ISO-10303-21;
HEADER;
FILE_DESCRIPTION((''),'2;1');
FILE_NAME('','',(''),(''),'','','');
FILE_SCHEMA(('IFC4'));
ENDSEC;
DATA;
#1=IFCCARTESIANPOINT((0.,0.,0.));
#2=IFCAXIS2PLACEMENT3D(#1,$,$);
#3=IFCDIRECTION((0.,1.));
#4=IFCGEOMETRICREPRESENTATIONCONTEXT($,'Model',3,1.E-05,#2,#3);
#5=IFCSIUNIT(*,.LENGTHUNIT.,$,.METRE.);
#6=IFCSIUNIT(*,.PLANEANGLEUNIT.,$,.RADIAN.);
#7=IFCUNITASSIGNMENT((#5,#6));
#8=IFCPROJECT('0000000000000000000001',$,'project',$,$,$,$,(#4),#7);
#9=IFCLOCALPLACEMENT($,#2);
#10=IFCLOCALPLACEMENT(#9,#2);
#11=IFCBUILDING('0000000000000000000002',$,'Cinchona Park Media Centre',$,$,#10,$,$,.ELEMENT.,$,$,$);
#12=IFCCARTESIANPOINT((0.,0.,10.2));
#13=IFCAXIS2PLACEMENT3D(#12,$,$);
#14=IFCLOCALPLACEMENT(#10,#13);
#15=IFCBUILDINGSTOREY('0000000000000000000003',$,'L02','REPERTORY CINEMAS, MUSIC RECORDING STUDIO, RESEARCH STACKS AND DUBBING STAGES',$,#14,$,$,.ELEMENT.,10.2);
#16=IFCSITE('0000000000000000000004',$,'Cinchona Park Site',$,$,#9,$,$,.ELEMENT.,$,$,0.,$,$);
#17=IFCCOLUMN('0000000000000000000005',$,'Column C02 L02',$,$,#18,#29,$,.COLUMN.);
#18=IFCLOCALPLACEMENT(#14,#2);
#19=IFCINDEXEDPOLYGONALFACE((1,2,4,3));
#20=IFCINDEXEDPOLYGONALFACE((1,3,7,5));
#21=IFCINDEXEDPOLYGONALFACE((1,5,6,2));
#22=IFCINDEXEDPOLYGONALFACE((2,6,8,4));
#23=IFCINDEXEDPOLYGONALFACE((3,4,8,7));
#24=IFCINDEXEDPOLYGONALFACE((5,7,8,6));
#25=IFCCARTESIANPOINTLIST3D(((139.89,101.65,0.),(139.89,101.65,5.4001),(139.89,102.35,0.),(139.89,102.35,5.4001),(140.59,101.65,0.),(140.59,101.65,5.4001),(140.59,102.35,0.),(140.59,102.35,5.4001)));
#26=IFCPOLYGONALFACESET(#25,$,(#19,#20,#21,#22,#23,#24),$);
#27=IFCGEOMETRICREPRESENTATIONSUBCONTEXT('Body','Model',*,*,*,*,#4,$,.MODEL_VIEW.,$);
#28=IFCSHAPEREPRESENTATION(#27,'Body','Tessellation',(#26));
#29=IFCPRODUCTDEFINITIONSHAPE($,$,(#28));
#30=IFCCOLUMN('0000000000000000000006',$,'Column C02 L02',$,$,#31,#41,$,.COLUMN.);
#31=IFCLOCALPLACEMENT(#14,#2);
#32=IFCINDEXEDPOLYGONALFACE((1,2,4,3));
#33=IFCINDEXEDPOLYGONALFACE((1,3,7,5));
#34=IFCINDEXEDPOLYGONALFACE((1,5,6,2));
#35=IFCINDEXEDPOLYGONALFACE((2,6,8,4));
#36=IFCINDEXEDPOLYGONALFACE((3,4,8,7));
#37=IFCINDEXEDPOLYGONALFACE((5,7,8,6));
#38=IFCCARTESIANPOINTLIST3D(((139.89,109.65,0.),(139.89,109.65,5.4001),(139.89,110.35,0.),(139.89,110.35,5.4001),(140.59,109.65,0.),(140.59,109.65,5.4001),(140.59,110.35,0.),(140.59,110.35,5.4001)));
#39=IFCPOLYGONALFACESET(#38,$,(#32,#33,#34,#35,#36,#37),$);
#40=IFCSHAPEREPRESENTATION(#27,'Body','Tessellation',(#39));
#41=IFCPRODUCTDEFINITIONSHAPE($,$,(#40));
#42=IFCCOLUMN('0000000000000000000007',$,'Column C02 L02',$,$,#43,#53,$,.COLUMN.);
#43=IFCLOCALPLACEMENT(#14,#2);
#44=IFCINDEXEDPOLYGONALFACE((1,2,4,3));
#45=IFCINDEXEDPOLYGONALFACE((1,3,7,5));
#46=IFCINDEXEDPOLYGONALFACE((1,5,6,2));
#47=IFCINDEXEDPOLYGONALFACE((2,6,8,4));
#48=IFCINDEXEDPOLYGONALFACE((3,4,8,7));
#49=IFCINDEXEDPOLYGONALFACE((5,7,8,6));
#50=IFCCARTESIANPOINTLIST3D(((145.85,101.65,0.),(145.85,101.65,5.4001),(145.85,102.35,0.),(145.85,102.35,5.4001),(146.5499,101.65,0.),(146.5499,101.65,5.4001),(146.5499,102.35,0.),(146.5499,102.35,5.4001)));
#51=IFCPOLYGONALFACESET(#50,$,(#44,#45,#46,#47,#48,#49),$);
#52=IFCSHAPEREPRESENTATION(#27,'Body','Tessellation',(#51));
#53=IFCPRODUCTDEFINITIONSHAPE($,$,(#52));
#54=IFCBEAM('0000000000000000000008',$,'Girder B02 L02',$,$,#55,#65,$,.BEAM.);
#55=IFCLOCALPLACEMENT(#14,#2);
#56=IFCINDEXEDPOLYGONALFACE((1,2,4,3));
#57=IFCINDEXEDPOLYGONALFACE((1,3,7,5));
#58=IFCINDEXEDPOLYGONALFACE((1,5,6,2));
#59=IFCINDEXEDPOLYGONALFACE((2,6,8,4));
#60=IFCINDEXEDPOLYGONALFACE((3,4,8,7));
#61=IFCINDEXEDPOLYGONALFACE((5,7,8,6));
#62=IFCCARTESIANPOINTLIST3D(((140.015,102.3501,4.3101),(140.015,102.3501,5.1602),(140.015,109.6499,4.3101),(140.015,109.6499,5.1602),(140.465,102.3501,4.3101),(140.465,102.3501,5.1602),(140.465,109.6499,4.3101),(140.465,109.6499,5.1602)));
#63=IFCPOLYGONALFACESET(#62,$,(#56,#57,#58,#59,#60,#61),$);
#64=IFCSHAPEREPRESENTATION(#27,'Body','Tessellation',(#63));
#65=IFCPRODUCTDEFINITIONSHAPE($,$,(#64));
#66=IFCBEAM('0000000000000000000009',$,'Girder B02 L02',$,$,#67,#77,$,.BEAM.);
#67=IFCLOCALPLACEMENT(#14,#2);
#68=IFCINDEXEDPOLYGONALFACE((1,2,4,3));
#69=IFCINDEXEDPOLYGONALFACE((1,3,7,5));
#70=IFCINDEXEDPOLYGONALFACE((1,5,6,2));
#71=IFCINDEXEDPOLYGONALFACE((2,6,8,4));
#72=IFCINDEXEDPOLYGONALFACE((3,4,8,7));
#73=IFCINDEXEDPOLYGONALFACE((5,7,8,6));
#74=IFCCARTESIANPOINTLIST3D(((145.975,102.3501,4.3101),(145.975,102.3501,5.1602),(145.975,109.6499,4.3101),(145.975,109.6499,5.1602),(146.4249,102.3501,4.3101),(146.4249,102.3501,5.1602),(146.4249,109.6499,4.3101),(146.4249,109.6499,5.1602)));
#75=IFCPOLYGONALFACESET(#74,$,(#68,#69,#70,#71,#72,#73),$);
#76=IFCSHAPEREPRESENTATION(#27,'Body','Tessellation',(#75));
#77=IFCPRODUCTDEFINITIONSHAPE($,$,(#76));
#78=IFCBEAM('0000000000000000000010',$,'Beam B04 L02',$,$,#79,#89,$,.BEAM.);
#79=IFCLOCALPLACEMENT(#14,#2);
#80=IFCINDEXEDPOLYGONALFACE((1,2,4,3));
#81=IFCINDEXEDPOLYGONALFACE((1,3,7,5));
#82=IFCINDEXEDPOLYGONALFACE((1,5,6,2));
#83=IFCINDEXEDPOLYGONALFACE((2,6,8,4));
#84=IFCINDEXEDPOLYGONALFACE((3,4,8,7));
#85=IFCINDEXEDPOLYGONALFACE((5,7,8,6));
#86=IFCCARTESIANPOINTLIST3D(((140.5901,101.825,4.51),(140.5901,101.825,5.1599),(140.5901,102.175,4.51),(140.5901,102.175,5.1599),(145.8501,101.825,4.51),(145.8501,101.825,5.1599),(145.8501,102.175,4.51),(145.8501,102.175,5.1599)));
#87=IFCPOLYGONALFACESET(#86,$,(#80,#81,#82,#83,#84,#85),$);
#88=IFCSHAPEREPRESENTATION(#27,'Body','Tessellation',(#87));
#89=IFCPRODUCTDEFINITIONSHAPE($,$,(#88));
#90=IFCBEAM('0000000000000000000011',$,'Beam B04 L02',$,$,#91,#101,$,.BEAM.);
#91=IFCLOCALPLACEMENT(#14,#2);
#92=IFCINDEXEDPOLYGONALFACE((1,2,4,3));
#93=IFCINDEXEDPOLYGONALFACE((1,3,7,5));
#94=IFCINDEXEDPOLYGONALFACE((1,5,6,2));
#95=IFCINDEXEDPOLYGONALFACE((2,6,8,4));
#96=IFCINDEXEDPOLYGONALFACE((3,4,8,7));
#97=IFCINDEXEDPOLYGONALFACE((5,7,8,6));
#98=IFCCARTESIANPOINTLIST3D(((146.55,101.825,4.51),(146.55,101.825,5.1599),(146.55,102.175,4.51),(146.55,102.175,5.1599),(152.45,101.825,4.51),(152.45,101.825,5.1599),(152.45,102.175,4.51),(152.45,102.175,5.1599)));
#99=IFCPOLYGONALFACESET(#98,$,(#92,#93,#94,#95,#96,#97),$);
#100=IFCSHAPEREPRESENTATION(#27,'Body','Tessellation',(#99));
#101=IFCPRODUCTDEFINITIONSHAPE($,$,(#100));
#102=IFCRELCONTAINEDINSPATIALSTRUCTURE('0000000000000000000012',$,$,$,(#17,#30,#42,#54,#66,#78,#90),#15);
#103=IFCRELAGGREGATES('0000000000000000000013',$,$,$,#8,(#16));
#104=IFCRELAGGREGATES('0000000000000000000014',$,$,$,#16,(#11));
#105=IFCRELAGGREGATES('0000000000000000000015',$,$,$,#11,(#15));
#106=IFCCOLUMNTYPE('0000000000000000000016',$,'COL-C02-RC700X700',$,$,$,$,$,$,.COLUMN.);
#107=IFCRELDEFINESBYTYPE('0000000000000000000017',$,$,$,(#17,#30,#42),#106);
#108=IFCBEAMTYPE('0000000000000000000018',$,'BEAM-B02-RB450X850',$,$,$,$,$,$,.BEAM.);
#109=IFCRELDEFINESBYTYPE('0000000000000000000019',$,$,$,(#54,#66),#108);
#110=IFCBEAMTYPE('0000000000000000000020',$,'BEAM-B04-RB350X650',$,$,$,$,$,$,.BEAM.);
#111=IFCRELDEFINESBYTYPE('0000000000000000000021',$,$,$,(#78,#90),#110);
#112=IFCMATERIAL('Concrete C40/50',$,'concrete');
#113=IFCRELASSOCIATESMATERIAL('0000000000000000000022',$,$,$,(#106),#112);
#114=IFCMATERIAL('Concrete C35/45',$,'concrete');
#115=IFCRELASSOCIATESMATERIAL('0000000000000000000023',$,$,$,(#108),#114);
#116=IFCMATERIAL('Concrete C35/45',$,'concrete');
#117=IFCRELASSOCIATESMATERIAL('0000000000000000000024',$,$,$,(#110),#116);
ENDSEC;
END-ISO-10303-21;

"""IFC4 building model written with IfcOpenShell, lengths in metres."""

from ifc_helpers import new_model, si_unit, direction, frame, origin, origin_2d, place, context, subcontext, project, spatial, rectangle, extrude, material, material_profile, profile_set, type_object, element, save


model = new_model("IFC4")

# Units and contexts
model_context = context("Model", 3, precision=1e-05, world=origin(), true_north=direction((0.0, 1.0)))
body_context = subcontext(model_context, "Body", "Model", "MODEL_VIEW")
ifc_project = project(units=[si_unit("LENGTHUNIT", "METRE"), si_unit("PLANEANGLEUNIT", "RADIAN")], contexts=[model_context])

# Site, building, storey
site_placement = place(None, origin())
site = spatial("IfcSite", under=ifc_project, at=site_placement, Name="Cinchona Park Site", CompositionType="ELEMENT", RefElevation=0.0)
building_placement = place(site_placement, origin())
building = spatial("IfcBuilding", under=site, at=building_placement, Name="Cinchona Park Media Centre", CompositionType="ELEMENT")
storey_placement = place(building_placement, frame((0.0, 0.0, 10.2)))
storey = spatial("IfcBuildingStorey", under=building, at=storey_placement, Name="L02", Description="REPERTORY CINEMAS, MUSIC RECORDING STUDIO, RESEARCH STACKS AND DUBBING STAGES", CompositionType="ELEMENT", Elevation=10.2)

# Columns
ifc_material_1 = material(Name="Concrete C40/50", Category="concrete")
ifc_material_profile_1 = material_profile(ifc_material_1, rectangle(XDim=0.7, YDim=0.7, at=origin_2d()), Name="RC 700X700")
ifc_profile_set_1 = profile_set([ifc_material_profile_1], Name="Concrete C40/50")
column_type = type_object("IfcColumnType", Name="COL-C02-RC700X700", PredefinedType="COLUMN", material=ifc_profile_set_1)
for number, where, z_axis, x_axis, name in (
    (1, (140.24, 102.0, 0.0), (0.0, 0.0, 1.0), (1.0, 0.0, 0.0), "Column C02 L02"),
    (2, (140.24, 110.0, 0.0), (0.0, 0.0, 1.0), (1.0, 0.0, 0.0), "Column C02 L02"),
    (3, (146.2, 102.0, 0.0), (0.0, 0.0, 1.0), (1.0, 0.0, 0.0), "Column C02 L02"),
):
    element("IfcColumn", number, at=place(storey_placement, frame(where, z_axis=z_axis, x_axis=x_axis)), inside=storey, type_object=column_type, Name=name, PredefinedType="COLUMN", context=body_context, shape_type="SweptSolid", body=[
        extrude(rectangle(XDim=0.7, YDim=0.7, at=origin_2d()), origin(), (0.0, 0.0, 1.0), 5.4001),
    ])

# Beams
ifc_material_2 = material(Name="Concrete C35/45", Category="concrete")
ifc_material_profile_2 = material_profile(ifc_material_2, rectangle(XDim=0.45, YDim=0.8501, at=origin_2d()), Name="RB 450X850")
ifc_profile_set_2 = profile_set([ifc_material_profile_2], Name="Concrete C35/45")
beam_type_1 = type_object("IfcBeamType", Name="BEAM-B02-RB450X850", PredefinedType="BEAM", material=ifc_profile_set_2)
for number, where, z_axis, x_axis, name in (
    (4, (140.24, 102.3501, 4.7351), (0.0, 1.0, 0.0), (-1.0, 0.0, 0.0), "Girder B02 L02"),
    (5, (146.2, 102.3501, 4.7351), (0.0, 1.0, 0.0), (-1.0, 0.0, 0.0), "Girder B02 L02"),
):
    element("IfcBeam", number, at=place(storey_placement, frame(where, z_axis=z_axis, x_axis=x_axis)), inside=storey, type_object=beam_type_1, Name=name, PredefinedType="BEAM", context=body_context, shape_type="SweptSolid", body=[
        extrude(rectangle(XDim=0.45, YDim=0.8501, at=origin_2d()), origin(), (0.0, 0.0, 1.0), 7.2998),
    ])
ifc_material_3 = material(Name="Concrete C35/45", Category="concrete")
ifc_material_profile_3 = material_profile(ifc_material_3, rectangle(XDim=0.3501, YDim=0.6499, at=origin_2d()), Name="RB 350X650")
ifc_profile_set_3 = profile_set([ifc_material_profile_3], Name="Concrete C35/45")
beam_type_2 = type_object("IfcBeamType", Name="BEAM-B04-RB350X650", PredefinedType="BEAM", material=ifc_profile_set_3)
beam_1_placement = place(storey_placement, frame((140.5901, 102.0, 4.835), z_axis=(1.0, 0.0, 0.0), x_axis=(0.0, 1.0, 0.0)))
element("IfcBeam", 6, at=beam_1_placement, inside=storey, type_object=beam_type_2, Name="Beam B04 L02", PredefinedType="BEAM", context=body_context, shape_type="SweptSolid", body=[
    extrude(rectangle(XDim=0.3501, YDim=0.6499, at=origin_2d()), origin(), (0.0, 0.0, 1.0), 5.26),
])
beam_2_placement = place(storey_placement, frame((146.55, 102.0, 4.835), z_axis=(1.0, 0.0, 0.0), x_axis=(0.0, 1.0, 0.0)))
element("IfcBeam", 7, at=beam_2_placement, inside=storey, type_object=beam_type_2, Name="Beam B04 L02", PredefinedType="BEAM", context=body_context, shape_type="SweptSolid", body=[
    extrude(rectangle(XDim=0.3501, YDim=0.6499, at=origin_2d()), origin(), (0.0, 0.0, 1.0), 5.8999),
])

save(model, "model.ifc")
